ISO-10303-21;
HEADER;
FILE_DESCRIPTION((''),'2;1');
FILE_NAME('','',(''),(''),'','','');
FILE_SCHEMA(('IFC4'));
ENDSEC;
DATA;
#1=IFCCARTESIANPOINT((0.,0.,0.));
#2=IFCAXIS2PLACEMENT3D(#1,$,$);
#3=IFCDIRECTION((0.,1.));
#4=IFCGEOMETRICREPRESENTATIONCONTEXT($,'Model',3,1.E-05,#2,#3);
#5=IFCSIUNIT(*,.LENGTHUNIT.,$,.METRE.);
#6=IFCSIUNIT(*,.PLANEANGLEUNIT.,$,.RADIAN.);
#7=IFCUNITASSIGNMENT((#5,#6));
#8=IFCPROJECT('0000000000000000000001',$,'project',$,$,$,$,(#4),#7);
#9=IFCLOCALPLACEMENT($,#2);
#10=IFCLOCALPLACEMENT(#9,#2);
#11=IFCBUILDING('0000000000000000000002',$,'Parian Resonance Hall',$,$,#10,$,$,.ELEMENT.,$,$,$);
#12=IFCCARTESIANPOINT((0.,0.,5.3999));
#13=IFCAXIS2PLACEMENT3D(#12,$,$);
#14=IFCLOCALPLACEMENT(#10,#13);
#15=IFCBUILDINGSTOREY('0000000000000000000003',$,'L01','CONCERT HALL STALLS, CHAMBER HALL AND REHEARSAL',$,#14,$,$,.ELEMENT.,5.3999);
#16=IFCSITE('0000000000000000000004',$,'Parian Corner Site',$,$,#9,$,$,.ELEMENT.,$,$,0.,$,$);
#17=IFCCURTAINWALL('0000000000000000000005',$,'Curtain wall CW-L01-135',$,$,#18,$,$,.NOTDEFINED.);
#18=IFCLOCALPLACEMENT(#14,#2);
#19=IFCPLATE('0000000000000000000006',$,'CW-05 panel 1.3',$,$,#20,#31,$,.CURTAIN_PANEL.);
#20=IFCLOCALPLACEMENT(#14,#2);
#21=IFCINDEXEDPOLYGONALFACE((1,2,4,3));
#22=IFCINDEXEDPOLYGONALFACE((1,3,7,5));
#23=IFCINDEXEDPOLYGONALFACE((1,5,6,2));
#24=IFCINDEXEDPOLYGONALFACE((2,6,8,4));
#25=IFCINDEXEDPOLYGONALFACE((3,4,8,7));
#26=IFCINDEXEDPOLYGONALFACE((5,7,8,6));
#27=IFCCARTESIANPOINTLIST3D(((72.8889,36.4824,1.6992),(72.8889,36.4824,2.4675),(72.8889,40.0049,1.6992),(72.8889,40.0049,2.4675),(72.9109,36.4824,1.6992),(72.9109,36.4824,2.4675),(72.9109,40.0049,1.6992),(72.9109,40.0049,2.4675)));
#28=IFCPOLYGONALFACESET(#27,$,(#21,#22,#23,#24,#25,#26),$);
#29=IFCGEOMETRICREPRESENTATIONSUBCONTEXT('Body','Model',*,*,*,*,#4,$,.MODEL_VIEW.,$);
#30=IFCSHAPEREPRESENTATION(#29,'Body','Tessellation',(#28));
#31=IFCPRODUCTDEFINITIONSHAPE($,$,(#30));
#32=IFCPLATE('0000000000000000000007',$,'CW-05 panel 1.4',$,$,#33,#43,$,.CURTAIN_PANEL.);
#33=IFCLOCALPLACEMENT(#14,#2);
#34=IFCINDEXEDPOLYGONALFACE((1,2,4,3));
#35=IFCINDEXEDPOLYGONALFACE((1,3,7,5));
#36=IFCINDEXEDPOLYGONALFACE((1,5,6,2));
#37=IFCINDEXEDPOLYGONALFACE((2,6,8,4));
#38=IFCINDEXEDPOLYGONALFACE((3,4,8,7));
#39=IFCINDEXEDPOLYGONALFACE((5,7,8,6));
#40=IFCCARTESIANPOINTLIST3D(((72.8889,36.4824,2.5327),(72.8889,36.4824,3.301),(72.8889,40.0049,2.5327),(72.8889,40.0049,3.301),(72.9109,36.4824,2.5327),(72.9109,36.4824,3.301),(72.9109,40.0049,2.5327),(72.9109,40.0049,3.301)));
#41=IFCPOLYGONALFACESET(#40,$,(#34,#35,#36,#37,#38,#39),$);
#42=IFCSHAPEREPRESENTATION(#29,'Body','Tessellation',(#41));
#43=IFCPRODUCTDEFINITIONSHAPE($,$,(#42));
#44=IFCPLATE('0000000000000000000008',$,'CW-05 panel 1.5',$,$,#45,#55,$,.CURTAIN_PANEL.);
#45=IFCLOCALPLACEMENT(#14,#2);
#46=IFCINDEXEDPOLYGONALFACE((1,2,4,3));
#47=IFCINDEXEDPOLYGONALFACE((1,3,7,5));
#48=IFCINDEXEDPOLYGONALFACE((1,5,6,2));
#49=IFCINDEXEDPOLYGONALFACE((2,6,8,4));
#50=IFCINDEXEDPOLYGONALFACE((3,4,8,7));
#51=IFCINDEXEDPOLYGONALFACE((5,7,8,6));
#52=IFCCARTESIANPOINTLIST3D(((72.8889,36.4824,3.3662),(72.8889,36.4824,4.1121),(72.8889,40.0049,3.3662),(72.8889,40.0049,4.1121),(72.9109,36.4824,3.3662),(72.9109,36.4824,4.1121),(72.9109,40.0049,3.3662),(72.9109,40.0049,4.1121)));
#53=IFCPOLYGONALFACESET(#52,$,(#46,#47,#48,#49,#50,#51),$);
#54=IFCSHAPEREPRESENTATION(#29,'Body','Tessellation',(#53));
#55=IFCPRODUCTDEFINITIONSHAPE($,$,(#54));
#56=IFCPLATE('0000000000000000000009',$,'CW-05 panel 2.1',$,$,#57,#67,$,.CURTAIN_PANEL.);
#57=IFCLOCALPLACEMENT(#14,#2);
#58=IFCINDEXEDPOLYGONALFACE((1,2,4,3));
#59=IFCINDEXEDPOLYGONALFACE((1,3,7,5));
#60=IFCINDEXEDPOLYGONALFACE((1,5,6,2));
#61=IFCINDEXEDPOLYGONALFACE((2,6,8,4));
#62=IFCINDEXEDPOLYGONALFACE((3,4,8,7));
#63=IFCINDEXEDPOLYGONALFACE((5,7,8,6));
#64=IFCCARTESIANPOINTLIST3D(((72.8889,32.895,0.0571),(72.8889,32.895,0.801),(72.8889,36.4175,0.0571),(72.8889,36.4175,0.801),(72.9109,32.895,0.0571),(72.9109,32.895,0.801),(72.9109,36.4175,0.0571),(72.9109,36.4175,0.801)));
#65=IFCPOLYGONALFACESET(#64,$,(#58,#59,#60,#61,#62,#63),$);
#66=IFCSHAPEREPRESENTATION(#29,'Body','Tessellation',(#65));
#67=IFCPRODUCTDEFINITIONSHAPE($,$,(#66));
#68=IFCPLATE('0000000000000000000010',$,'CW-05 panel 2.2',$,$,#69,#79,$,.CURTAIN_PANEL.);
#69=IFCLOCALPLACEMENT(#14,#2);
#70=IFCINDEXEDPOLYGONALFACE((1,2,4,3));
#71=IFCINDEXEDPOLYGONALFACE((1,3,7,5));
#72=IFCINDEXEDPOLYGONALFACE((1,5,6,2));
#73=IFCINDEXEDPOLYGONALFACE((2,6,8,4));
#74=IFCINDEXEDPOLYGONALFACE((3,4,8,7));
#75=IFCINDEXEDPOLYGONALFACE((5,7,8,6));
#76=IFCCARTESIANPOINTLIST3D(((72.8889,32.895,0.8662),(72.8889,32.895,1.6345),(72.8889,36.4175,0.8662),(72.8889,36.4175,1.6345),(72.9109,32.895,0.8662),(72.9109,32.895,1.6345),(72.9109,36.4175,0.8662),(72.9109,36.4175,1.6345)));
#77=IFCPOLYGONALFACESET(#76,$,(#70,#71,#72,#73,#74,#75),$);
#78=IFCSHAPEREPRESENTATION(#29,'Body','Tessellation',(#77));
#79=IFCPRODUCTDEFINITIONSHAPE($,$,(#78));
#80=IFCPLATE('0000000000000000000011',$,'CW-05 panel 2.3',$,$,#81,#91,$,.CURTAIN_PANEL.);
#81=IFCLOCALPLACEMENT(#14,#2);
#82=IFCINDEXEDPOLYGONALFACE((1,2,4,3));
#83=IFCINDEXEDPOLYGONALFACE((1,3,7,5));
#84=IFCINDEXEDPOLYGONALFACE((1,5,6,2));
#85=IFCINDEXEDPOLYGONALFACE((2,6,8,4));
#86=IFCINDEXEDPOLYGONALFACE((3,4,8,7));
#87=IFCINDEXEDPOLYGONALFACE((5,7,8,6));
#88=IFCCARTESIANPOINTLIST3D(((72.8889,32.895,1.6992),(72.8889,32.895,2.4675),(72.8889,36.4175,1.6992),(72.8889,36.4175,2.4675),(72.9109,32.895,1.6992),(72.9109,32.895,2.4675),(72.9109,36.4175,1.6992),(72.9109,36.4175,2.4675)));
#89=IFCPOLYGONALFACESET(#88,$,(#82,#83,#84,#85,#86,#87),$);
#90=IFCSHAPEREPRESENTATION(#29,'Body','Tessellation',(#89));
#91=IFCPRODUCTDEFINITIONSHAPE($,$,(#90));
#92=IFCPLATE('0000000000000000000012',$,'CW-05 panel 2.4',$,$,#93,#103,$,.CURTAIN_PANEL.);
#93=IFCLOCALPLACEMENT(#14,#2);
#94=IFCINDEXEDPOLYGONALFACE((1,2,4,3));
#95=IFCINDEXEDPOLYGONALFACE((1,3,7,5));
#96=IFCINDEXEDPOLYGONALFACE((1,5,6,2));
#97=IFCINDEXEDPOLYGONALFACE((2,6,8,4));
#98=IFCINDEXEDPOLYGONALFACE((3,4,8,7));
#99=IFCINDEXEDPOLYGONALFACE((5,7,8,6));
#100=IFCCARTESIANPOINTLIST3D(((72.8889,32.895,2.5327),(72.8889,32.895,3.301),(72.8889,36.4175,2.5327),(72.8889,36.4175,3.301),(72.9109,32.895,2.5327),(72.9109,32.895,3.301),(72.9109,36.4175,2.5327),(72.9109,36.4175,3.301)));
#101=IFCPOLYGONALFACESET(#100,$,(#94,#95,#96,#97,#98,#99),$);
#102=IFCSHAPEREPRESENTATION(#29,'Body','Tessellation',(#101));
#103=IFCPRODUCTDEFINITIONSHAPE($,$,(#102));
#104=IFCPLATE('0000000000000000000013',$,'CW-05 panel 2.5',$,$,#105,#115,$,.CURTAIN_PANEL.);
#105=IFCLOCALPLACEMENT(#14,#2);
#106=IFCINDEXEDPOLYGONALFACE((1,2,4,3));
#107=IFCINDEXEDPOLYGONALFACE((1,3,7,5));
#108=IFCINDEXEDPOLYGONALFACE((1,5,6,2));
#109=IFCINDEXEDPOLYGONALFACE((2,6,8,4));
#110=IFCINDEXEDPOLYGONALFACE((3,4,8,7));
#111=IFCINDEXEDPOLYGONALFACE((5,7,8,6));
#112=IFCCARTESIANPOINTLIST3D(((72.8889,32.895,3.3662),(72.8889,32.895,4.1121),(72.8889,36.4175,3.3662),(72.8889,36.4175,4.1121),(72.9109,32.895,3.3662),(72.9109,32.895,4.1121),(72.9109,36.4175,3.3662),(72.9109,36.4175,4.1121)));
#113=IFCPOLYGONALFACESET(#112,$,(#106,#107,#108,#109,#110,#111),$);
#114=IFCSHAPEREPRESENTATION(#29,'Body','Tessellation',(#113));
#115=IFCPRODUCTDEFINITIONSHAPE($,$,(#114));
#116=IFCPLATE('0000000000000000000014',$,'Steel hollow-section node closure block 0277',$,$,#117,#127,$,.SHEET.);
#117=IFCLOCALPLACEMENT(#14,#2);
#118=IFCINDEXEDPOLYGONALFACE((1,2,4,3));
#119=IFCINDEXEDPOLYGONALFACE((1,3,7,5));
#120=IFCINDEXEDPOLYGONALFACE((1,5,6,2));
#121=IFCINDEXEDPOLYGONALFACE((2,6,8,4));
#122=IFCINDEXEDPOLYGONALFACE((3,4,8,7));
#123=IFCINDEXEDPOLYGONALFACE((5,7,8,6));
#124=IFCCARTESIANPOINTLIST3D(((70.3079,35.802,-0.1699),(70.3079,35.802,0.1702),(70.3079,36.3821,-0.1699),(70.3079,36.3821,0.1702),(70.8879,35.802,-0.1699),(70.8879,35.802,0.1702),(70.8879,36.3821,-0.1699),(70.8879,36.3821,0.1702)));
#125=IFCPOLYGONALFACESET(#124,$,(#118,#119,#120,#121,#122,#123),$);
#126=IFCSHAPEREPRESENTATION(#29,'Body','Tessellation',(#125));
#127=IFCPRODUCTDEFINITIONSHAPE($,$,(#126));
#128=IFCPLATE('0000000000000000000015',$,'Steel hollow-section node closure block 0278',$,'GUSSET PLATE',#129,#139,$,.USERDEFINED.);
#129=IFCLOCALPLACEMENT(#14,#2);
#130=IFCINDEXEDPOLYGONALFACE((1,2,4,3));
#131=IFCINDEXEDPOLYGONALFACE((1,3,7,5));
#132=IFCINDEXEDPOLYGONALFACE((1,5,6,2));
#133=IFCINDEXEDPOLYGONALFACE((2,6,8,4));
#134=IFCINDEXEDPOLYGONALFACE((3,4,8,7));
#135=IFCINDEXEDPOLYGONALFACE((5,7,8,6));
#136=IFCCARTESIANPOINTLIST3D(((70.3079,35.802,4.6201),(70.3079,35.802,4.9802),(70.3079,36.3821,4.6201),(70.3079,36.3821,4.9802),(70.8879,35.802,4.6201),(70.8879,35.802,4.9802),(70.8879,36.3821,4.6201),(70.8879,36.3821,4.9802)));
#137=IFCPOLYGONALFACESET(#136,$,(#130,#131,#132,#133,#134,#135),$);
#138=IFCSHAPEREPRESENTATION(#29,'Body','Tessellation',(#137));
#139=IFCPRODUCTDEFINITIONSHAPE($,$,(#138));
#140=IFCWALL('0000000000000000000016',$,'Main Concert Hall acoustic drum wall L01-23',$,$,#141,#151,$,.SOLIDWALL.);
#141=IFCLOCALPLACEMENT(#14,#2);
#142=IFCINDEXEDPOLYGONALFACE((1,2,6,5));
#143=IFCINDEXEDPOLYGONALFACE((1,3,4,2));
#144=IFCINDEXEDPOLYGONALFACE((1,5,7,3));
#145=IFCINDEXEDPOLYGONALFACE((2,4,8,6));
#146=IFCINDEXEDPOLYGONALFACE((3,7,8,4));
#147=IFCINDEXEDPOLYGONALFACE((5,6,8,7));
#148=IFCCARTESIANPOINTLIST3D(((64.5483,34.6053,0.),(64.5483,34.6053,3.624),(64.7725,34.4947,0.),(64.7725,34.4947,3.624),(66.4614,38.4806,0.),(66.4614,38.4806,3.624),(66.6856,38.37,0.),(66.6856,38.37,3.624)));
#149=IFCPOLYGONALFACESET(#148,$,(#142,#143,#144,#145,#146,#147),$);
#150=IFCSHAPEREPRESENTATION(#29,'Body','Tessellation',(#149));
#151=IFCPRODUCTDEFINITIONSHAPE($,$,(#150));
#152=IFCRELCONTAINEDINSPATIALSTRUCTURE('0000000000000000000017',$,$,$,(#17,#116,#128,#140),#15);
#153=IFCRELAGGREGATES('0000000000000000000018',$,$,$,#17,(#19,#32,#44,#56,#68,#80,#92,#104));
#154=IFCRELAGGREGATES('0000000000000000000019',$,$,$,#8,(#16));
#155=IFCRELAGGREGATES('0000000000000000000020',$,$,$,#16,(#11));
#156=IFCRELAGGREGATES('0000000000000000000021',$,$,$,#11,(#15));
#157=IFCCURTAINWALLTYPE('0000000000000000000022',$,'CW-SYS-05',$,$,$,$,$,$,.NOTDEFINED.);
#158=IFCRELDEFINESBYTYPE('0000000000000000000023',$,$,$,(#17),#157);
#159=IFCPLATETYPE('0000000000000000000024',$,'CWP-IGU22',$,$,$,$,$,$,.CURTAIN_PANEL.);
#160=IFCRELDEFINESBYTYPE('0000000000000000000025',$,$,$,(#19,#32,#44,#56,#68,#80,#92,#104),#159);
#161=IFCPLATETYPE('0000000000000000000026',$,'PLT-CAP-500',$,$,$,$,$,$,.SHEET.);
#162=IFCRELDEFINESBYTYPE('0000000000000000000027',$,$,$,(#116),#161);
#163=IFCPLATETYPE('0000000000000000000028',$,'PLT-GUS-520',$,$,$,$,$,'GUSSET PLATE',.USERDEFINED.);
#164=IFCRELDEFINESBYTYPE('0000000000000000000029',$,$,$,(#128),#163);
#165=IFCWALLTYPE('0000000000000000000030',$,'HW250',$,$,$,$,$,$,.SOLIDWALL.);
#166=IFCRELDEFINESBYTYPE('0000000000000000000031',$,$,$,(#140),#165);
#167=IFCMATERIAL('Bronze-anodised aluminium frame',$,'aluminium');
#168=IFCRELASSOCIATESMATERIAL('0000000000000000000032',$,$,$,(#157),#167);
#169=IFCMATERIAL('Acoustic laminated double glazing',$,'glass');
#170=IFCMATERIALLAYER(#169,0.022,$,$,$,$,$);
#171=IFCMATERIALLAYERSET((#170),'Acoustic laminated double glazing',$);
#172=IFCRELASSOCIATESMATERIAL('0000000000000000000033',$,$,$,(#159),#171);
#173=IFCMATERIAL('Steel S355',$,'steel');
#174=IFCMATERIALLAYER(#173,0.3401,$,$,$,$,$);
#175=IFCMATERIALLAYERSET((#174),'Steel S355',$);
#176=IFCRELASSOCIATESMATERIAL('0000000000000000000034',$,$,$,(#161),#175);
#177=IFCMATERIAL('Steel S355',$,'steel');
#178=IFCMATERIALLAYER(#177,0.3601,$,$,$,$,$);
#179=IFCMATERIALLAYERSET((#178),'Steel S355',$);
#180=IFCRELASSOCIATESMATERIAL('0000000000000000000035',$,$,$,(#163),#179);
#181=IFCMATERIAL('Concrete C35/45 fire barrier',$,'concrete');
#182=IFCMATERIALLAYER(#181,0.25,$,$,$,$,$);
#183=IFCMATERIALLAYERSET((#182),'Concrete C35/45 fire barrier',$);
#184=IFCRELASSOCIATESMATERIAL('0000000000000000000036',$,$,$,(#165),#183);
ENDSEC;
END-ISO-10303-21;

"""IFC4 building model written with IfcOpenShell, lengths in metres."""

from ifc_helpers import new_model, si_unit, direction, frame, frame_2d, origin, origin_2d, place, context, subcontext, project, spatial, rectangle, extrude, material, layer, layer_set, type_object, element, aggregate, save


model = new_model("IFC4")

# Units and contexts
model_context = context("Model", 3, precision=1e-05, world=origin(), true_north=direction((0.0, 1.0)))
body_context = subcontext(model_context, "Body", "Model", "MODEL_VIEW")
ifc_project = project(units=[si_unit("LENGTHUNIT", "METRE"), si_unit("PLANEANGLEUNIT", "RADIAN")], contexts=[model_context])

# Site, building, storey
site_placement = place(None, origin())
site = spatial("IfcSite", under=ifc_project, at=site_placement, Name="Parian Corner Site", CompositionType="ELEMENT", RefElevation=0.0)
building_placement = place(site_placement, origin())
building = spatial("IfcBuilding", under=site, at=building_placement, Name="Parian Resonance Hall", CompositionType="ELEMENT")
storey_placement = place(building_placement, frame((0.0, 0.0, 5.3999)))
storey = spatial("IfcBuildingStorey", under=building, at=storey_placement, Name="L01", Description="CONCERT HALL STALLS, CHAMBER HALL AND REHEARSAL", CompositionType="ELEMENT", Elevation=5.3999)

# Curtain wall, plates
ifc_material_1 = material(Name="Bronze-anodised aluminium frame", Category="aluminium")
curtain_wall_type = type_object("IfcCurtainWallType", Name="CW-SYS-05", PredefinedType="NOTDEFINED", material=ifc_material_1)
curtain_wall_placement = place(storey_placement, origin())
curtain_wall = element("IfcCurtainWall", 1, at=curtain_wall_placement, inside=storey, type_object=curtain_wall_type, Name="Curtain wall CW-L01-135", PredefinedType="NOTDEFINED")
ifc_material_2 = material(Name="Acoustic laminated double glazing", Category="glass")
ifc_layer_1 = layer(ifc_material_2, 0.022)
ifc_layer_set_1 = layer_set([ifc_layer_1], Name="Acoustic laminated double glazing")
plate_type_1 = type_object("IfcPlateType", Name="CWP-IGU22", PredefinedType="CURTAIN_PANEL", material=ifc_layer_set_1)
plate_1_placement = place(storey_placement, frame((72.8999, 38.2437, 1.6992), z_axis=(0.0, 0.0, 1.0), x_axis=(0.0, -1.0, 0.0)))
plate_1 = element("IfcPlate", 2, at=plate_1_placement, type_object=plate_type_1, Name="CW-05 panel 1.3", PredefinedType="CURTAIN_PANEL", context=body_context, shape_type="SweptSolid", body=[
    extrude(rectangle(XDim=3.5225, YDim=0.022, at=origin_2d()), origin(), (0.0, 0.0, 1.0), 0.7683),
])
plate_2_placement = place(storey_placement, frame((72.8999, 38.2437, 2.5327), z_axis=(0.0, 0.0, 1.0), x_axis=(0.0, -1.0, 0.0)))
plate_2 = element("IfcPlate", 3, at=plate_2_placement, type_object=plate_type_1, Name="CW-05 panel 1.4", PredefinedType="CURTAIN_PANEL", context=body_context, shape_type="SweptSolid", body=[
    extrude(rectangle(XDim=3.5225, YDim=0.022, at=origin_2d()), origin(), (0.0, 0.0, 1.0), 0.7683),
])
plate_3_placement = place(storey_placement, frame((72.8999, 38.2437, 3.3662), z_axis=(0.0, 0.0, 1.0), x_axis=(0.0, -1.0, 0.0)))
plate_3 = element("IfcPlate", 4, at=plate_3_placement, type_object=plate_type_1, Name="CW-05 panel 1.5", PredefinedType="CURTAIN_PANEL", context=body_context, shape_type="SweptSolid", body=[
    extrude(rectangle(XDim=3.5225, YDim=0.022, at=origin_2d()), origin(), (0.0, 0.0, 1.0), 0.7458),
])
plate_4_placement = place(storey_placement, frame((72.8999, 34.6562, 0.0571), z_axis=(0.0, 0.0, 1.0), x_axis=(0.0, -1.0, 0.0)))
plate_4 = element("IfcPlate", 5, at=plate_4_placement, type_object=plate_type_1, Name="CW-05 panel 2.1", PredefinedType="CURTAIN_PANEL", context=body_context, shape_type="SweptSolid", body=[
    extrude(rectangle(XDim=3.5225, YDim=0.022, at=origin_2d()), origin(), (0.0, 0.0, 1.0), 0.7439),
])
plate_5_placement = place(storey_placement, frame((72.8999, 34.6562, 0.8662), z_axis=(0.0, 0.0, 1.0), x_axis=(0.0, -1.0, 0.0)))
plate_5 = element("IfcPlate", 6, at=plate_5_placement, type_object=plate_type_1, Name="CW-05 panel 2.2", PredefinedType="CURTAIN_PANEL", context=body_context, shape_type="SweptSolid", body=[
    extrude(rectangle(XDim=3.5225, YDim=0.022, at=origin_2d()), origin(), (0.0, 0.0, 1.0), 0.7683),
])
plate_6_placement = place(storey_placement, frame((72.8999, 34.6562, 1.6992), z_axis=(0.0, 0.0, 1.0), x_axis=(0.0, -1.0, 0.0)))
plate_6 = element("IfcPlate", 7, at=plate_6_placement, type_object=plate_type_1, Name="CW-05 panel 2.3", PredefinedType="CURTAIN_PANEL", context=body_context, shape_type="SweptSolid", body=[
    extrude(rectangle(XDim=3.5225, YDim=0.022, at=origin_2d()), origin(), (0.0, 0.0, 1.0), 0.7683),
])
plate_7_placement = place(storey_placement, frame((72.8999, 34.6562, 2.5327), z_axis=(0.0, 0.0, 1.0), x_axis=(0.0, -1.0, 0.0)))
plate_7 = element("IfcPlate", 8, at=plate_7_placement, type_object=plate_type_1, Name="CW-05 panel 2.4", PredefinedType="CURTAIN_PANEL", context=body_context, shape_type="SweptSolid", body=[
    extrude(rectangle(XDim=3.5225, YDim=0.022, at=origin_2d()), origin(), (0.0, 0.0, 1.0), 0.7683),
])
plate_8_placement = place(storey_placement, frame((72.8999, 34.6562, 3.3662), z_axis=(0.0, 0.0, 1.0), x_axis=(0.0, -1.0, 0.0)))
plate_8 = element("IfcPlate", 9, at=plate_8_placement, type_object=plate_type_1, Name="CW-05 panel 2.5", PredefinedType="CURTAIN_PANEL", context=body_context, shape_type="SweptSolid", body=[
    extrude(rectangle(XDim=3.5225, YDim=0.022, at=origin_2d()), origin(), (0.0, 0.0, 1.0), 0.7458),
])
aggregate(curtain_wall, [plate_1, plate_2, plate_3, plate_4, plate_5, plate_6, plate_7, plate_8])

# Plates
ifc_material_3 = material(Name="Steel S355", Category="steel")
ifc_layer_2 = layer(ifc_material_3, 0.3401)
ifc_layer_set_2 = layer_set([ifc_layer_2], Name="Steel S355")
plate_type_2 = type_object("IfcPlateType", Name="PLT-CAP-500", PredefinedType="SHEET", material=ifc_layer_set_2)
plate_9_placement = place(storey_placement, frame((70.5979, 36.092, -0.1699), z_axis=(0.0, 0.0, 1.0), x_axis=(1.0, 0.0, 0.0)))
element("IfcPlate", 10, at=plate_9_placement, inside=storey, type_object=plate_type_2, Name="Steel hollow-section node closure block 0277", PredefinedType="SHEET", context=body_context, shape_type="SweptSolid", body=[
    extrude(rectangle(XDim=0.5801, YDim=0.5801, at=origin_2d()), origin(), (0.0, 0.0, 1.0), 0.3401),
])
ifc_material_4 = material(Name="Steel S355", Category="steel")
ifc_layer_3 = layer(ifc_material_4, 0.3601)
ifc_layer_set_3 = layer_set([ifc_layer_3], Name="Steel S355")
plate_type_3 = type_object("IfcPlateType", Name="PLT-GUS-520", ElementType="GUSSET PLATE", PredefinedType="USERDEFINED", material=ifc_layer_set_3)
plate_10_placement = place(storey_placement, frame((70.5979, 36.092, 4.6201), z_axis=(0.0, 0.0, 1.0), x_axis=(1.0, 0.0, 0.0)))
element("IfcPlate", 11, at=plate_10_placement, inside=storey, type_object=plate_type_3, Name="Steel hollow-section node closure block 0278", ObjectType="GUSSET PLATE", PredefinedType="USERDEFINED", context=body_context, shape_type="SweptSolid", body=[
    extrude(rectangle(XDim=0.5801, YDim=0.5801, at=origin_2d()), origin(), (0.0, 0.0, 1.0), 0.3601),
])

# Wall
ifc_material_5 = material(Name="Concrete C35/45 fire barrier", Category="concrete")
ifc_layer_4 = layer(ifc_material_5, 0.25)
ifc_layer_set_4 = layer_set([ifc_layer_4], Name="Concrete C35/45 fire barrier")
wall_type = type_object("IfcWallType", Name="HW250", PredefinedType="SOLIDWALL", material=ifc_layer_set_4)
wall_placement = place(storey_placement, frame((66.5735, 38.4253, 0.0), z_axis=(0.0, 0.0, 1.0), x_axis=(-0.442666, -0.896687, 0.0)))
element("IfcWall", 12, at=wall_placement, inside=storey, type_object=wall_type, Name="Main Concert Hall acoustic drum wall L01-23", PredefinedType="SOLIDWALL", context=body_context, shape_type="SweptSolid", body=[
    extrude(rectangle(XDim=4.3218, YDim=0.25, at=frame_2d((2.1609, 0.0))), origin(), (0.0, 0.0, 1.0), 3.624),
])

save(model, "model.ifc")
